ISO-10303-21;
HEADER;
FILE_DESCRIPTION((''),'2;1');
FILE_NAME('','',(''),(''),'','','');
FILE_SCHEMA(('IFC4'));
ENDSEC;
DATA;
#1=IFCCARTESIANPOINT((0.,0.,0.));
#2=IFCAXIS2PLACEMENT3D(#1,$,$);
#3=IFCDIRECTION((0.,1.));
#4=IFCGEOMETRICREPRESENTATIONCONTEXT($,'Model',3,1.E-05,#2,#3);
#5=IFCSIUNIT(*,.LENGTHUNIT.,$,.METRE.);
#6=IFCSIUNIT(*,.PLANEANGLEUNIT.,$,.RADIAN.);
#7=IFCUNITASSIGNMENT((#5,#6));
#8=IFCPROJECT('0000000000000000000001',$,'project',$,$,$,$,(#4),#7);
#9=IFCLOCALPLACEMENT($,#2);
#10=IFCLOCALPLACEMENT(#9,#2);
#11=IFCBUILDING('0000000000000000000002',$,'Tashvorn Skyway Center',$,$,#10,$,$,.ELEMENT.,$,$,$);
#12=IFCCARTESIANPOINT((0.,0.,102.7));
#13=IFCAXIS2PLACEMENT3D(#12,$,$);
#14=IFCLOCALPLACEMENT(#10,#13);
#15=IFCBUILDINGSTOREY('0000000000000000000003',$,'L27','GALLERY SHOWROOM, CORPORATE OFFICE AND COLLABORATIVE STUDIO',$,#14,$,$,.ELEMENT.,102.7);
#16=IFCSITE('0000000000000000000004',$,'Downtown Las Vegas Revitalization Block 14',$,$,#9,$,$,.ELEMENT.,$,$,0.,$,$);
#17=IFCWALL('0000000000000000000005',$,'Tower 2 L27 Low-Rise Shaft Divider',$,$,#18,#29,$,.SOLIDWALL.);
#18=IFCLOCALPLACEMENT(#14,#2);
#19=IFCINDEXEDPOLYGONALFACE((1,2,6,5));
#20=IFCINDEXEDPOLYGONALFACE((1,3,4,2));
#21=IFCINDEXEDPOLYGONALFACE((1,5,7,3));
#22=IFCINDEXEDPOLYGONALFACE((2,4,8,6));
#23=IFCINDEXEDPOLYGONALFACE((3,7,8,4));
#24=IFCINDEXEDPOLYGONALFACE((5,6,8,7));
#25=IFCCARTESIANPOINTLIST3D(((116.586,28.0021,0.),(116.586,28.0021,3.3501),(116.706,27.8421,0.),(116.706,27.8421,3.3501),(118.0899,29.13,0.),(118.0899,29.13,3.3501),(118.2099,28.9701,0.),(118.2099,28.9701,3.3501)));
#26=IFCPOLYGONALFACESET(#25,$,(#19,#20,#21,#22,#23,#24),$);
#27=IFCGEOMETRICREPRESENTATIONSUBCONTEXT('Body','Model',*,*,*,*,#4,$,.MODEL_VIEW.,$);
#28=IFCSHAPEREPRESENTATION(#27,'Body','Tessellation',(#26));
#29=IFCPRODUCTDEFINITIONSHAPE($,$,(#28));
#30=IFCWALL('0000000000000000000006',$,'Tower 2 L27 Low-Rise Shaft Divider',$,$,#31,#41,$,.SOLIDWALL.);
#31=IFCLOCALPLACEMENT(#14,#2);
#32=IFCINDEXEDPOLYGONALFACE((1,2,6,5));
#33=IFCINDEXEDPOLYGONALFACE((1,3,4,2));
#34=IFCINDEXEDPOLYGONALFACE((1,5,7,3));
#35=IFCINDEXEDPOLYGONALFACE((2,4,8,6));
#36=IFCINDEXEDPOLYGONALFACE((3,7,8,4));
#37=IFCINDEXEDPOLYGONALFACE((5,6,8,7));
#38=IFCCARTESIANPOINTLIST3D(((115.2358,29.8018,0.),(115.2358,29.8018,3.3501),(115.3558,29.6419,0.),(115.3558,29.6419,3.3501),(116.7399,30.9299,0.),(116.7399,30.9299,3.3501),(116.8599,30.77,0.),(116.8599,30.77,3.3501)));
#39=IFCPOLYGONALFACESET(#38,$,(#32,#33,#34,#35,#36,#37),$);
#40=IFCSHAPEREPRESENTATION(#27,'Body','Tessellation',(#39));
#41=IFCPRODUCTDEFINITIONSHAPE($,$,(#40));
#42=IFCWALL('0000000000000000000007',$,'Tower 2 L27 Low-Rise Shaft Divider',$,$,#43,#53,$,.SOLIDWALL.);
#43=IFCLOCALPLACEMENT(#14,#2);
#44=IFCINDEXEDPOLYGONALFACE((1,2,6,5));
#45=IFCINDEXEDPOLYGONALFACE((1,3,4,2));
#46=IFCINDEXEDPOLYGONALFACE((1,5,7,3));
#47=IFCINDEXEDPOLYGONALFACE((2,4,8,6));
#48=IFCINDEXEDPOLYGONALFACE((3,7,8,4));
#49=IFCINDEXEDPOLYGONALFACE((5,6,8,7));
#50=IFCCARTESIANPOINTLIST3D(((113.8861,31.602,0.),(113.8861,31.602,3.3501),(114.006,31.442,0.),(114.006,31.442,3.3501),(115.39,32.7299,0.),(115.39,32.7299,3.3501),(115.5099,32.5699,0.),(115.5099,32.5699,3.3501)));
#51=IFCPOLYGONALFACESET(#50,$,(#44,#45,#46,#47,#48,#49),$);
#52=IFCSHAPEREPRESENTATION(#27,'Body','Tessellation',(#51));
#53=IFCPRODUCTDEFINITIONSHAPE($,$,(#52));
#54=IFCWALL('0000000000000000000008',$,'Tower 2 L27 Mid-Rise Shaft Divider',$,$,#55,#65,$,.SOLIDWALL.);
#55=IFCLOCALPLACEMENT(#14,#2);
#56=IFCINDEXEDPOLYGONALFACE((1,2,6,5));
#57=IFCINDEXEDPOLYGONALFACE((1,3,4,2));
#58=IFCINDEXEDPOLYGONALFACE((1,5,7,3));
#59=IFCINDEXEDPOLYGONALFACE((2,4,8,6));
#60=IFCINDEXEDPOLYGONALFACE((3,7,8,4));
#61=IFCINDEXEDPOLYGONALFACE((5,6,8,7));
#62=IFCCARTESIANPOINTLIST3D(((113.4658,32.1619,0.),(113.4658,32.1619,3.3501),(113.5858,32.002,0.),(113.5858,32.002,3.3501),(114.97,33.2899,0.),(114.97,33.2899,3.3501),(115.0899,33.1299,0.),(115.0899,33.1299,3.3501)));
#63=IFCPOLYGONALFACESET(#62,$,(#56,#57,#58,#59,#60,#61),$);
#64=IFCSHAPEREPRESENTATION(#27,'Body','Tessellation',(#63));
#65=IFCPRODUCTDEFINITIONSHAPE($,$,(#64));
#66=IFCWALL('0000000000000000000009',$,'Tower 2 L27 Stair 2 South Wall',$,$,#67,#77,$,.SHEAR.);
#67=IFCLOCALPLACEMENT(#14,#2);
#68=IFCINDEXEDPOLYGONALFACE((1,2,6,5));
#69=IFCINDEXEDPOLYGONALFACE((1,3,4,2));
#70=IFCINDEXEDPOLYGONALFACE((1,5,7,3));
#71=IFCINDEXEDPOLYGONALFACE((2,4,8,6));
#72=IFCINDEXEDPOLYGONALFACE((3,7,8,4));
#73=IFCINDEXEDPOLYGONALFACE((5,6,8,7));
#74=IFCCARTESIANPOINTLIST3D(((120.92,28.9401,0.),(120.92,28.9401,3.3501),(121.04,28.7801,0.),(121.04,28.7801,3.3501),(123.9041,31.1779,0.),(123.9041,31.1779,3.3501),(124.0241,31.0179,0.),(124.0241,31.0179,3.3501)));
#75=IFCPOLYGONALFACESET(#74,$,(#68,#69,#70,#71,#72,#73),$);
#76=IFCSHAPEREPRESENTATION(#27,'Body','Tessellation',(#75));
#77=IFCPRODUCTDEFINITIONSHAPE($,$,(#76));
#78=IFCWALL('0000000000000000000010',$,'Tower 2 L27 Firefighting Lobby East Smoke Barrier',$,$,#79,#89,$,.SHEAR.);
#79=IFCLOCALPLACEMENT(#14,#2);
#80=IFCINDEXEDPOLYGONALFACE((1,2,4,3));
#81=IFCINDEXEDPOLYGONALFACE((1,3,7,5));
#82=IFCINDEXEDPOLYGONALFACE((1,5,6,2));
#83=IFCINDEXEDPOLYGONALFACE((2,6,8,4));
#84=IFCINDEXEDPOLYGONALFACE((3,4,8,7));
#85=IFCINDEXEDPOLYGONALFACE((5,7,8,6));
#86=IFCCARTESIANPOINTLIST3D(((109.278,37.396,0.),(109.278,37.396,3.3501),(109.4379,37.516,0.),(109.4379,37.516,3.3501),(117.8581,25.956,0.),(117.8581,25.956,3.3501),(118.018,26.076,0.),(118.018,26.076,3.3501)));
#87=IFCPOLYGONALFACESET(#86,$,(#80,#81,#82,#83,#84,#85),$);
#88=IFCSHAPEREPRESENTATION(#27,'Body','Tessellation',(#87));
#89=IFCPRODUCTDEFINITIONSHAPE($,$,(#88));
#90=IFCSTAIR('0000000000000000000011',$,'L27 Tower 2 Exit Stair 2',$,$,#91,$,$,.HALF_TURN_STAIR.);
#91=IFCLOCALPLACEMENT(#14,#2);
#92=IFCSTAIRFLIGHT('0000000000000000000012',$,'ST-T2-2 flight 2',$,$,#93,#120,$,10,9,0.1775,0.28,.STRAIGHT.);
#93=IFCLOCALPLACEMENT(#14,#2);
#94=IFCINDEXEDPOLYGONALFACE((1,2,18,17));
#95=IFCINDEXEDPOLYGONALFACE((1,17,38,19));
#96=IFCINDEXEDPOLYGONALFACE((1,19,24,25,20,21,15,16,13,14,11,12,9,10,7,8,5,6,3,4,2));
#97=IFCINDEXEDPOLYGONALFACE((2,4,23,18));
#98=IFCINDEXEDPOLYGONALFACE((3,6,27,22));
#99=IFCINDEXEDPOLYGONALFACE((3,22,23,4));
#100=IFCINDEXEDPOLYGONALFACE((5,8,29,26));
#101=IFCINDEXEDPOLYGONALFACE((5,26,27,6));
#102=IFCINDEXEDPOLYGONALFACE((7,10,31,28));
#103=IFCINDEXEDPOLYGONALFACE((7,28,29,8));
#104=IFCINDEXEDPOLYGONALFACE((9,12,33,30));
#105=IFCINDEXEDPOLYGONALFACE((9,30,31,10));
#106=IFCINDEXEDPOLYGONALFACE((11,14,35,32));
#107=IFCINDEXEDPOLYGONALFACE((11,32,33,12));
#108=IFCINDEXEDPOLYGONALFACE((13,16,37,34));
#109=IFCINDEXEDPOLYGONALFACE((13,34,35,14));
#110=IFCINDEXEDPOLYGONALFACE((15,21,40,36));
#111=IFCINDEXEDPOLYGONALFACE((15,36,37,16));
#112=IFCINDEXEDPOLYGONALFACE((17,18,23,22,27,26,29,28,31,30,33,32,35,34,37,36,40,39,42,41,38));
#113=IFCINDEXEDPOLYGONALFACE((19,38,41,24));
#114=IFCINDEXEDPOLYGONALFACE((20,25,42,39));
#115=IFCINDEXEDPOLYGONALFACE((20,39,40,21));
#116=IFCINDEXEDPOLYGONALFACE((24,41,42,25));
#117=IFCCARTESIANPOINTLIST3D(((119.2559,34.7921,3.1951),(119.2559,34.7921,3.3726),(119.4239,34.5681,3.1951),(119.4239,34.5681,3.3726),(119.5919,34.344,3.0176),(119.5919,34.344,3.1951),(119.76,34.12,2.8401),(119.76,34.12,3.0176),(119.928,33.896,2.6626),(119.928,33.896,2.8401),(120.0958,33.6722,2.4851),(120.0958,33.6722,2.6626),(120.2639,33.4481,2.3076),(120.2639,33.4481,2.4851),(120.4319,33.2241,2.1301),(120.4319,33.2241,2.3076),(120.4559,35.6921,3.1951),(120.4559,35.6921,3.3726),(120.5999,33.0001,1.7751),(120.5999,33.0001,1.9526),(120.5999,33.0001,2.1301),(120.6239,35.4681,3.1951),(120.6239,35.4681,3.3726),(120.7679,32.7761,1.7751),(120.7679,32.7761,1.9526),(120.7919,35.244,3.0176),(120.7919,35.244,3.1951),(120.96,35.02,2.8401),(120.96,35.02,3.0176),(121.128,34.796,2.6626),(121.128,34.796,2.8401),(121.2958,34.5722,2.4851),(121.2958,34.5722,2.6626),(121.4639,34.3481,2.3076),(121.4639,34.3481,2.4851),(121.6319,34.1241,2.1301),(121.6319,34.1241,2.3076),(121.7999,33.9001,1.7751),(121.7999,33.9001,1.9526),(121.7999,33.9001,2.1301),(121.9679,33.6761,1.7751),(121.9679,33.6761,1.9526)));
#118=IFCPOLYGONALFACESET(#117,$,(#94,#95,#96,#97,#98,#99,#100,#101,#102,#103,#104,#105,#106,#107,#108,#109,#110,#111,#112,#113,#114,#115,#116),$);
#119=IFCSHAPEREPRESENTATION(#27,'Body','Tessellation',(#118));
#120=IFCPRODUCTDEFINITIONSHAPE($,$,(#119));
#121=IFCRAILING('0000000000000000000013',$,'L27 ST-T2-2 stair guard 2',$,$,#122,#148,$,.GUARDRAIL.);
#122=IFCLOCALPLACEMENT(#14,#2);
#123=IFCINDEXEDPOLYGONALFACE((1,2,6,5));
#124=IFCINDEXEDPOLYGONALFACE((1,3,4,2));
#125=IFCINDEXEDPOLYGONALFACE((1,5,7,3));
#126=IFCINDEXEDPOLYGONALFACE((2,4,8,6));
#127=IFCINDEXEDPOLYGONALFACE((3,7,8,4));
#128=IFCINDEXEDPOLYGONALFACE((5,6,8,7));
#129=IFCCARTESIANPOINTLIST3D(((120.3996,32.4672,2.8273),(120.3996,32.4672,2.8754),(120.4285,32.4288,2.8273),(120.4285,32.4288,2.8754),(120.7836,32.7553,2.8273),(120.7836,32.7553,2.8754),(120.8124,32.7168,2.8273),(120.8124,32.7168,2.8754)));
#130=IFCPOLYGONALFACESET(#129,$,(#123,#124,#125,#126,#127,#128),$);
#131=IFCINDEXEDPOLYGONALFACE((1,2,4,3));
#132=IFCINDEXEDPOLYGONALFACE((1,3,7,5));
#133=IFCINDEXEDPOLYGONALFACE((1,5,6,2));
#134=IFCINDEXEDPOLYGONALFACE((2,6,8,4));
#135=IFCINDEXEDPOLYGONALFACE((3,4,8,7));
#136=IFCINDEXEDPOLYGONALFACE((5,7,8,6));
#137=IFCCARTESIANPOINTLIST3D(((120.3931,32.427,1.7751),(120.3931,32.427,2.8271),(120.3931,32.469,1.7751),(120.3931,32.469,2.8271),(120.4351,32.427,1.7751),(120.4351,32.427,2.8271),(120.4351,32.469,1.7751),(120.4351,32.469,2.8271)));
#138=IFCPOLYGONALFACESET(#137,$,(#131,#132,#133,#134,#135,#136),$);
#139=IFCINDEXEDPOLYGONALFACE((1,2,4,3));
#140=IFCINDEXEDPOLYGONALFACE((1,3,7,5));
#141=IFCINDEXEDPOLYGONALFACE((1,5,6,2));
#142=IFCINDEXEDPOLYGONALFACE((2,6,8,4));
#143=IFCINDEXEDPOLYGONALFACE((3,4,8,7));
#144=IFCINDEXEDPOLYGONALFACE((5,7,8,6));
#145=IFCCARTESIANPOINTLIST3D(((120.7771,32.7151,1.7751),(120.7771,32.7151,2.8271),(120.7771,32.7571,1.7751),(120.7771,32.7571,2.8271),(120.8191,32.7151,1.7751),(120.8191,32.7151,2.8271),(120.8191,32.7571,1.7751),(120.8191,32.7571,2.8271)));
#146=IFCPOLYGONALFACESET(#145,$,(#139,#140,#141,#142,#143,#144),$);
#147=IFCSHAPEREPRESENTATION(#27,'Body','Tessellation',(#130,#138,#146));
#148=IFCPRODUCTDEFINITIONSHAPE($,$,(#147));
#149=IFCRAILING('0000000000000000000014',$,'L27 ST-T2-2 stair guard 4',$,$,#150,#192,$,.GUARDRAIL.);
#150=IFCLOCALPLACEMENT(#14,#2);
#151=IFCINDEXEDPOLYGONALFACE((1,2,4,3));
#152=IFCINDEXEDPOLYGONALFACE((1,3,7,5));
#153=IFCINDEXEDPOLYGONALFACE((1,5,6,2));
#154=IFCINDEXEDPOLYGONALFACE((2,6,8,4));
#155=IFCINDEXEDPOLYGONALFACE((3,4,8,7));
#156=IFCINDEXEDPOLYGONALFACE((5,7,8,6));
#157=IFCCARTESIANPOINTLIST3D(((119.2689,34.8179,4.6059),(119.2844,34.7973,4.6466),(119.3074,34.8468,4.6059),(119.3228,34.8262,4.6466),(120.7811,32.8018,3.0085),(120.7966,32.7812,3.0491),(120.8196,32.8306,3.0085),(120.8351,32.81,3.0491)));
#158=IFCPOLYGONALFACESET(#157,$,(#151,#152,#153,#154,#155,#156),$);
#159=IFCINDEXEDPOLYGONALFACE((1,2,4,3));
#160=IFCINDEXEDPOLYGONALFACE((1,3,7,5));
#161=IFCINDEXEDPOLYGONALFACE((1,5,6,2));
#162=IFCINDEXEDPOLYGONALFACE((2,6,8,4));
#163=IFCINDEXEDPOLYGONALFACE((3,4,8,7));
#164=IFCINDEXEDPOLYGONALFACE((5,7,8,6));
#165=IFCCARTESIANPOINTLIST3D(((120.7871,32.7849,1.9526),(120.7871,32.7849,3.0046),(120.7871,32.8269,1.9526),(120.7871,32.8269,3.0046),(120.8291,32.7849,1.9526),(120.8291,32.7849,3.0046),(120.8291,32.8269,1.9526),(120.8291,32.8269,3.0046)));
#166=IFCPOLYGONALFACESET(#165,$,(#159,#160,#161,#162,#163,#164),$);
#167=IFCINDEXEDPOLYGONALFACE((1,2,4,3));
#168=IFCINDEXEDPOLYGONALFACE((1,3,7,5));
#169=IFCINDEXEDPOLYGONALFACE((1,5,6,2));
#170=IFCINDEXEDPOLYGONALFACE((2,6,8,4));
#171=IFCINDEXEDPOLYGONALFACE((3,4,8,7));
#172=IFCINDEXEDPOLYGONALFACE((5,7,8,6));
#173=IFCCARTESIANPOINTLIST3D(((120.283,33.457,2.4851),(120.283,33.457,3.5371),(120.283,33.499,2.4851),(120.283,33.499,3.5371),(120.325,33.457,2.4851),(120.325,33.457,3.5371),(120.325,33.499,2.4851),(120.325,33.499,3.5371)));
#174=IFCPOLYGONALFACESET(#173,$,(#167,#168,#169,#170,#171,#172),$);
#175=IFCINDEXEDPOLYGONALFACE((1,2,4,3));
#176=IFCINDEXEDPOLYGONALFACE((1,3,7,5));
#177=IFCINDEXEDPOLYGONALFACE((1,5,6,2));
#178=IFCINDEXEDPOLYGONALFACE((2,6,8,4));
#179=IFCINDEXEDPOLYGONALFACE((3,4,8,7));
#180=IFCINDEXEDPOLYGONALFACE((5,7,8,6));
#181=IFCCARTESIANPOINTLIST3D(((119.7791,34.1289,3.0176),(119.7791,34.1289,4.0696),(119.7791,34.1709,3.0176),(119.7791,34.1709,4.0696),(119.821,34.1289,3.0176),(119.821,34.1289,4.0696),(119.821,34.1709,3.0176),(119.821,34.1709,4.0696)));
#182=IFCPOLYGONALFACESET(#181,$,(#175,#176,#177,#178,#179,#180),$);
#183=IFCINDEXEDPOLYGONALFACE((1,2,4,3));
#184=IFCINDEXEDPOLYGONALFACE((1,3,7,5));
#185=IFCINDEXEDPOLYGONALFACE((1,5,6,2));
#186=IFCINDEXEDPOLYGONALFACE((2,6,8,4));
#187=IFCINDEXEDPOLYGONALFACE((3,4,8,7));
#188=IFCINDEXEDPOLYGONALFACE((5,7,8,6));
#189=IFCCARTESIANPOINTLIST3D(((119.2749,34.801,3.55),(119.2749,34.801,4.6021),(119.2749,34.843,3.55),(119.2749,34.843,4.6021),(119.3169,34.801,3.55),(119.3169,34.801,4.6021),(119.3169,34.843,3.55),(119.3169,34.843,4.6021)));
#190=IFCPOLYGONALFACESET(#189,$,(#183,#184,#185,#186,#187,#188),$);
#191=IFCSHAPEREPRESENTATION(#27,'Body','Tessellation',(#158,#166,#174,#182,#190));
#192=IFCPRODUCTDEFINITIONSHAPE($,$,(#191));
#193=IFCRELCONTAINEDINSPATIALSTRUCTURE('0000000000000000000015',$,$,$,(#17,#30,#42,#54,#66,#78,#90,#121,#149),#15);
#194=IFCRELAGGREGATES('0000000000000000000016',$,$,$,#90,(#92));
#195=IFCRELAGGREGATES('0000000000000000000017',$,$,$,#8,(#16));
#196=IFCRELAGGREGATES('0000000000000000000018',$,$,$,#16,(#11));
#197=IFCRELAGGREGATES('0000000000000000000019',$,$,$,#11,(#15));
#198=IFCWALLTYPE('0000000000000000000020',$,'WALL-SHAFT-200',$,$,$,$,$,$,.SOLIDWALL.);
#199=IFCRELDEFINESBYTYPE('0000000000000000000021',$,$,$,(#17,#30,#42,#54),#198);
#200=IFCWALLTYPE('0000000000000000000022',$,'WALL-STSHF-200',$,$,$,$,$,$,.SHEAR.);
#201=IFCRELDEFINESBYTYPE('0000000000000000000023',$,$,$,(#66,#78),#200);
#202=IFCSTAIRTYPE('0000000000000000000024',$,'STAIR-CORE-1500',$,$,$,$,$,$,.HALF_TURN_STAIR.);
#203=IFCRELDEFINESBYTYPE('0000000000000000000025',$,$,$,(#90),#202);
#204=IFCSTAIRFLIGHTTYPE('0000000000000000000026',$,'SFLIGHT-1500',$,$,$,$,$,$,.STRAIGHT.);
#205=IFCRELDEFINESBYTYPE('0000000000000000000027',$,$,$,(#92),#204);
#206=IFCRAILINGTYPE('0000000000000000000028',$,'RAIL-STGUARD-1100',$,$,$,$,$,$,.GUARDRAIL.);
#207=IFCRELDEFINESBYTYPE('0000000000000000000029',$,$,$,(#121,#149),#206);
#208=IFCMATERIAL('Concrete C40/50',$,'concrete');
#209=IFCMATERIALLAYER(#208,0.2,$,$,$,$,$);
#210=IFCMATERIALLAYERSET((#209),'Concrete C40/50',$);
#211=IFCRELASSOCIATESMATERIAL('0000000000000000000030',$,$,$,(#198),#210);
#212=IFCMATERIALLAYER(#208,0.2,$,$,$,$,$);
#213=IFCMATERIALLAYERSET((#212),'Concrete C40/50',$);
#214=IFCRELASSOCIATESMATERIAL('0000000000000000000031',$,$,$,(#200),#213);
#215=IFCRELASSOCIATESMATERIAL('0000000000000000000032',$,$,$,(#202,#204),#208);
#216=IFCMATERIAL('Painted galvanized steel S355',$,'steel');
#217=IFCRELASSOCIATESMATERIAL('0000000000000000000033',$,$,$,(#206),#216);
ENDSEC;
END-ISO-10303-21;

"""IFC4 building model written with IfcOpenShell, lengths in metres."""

from ifc_helpers import new_model, si_unit, direction, frame, frame_2d, origin, origin_2d, place, context, subcontext, project, spatial, polyline, rectangle, outline, extrude, material, layer, layer_set, type_object, element, aggregate, save


model = new_model("IFC4")

# Units and contexts
model_context = context("Model", 3, precision=1e-05, world=origin(), true_north=direction((0.0, 1.0)))
body_context = subcontext(model_context, "Body", "Model", "MODEL_VIEW")
ifc_project = project(units=[si_unit("LENGTHUNIT", "METRE"), si_unit("PLANEANGLEUNIT", "RADIAN")], contexts=[model_context])

# Site, building, storey
site_placement = place(None, origin())
site = spatial("IfcSite", under=ifc_project, at=site_placement, Name="Downtown Las Vegas Revitalization Block 14", CompositionType="ELEMENT", RefElevation=0.0)
building_placement = place(site_placement, origin())
building = spatial("IfcBuilding", under=site, at=building_placement, Name="Tashvorn Skyway Center", CompositionType="ELEMENT")
storey_placement = place(building_placement, frame((0.0, 0.0, 102.7)))
storey = spatial("IfcBuildingStorey", under=building, at=storey_placement, Name="L27", Description="GALLERY SHOWROOM, CORPORATE OFFICE AND COLLABORATIVE STUDIO", CompositionType="ELEMENT", Elevation=102.7)

# Shared definitions
ifc_material_1 = material(Name="Concrete C40/50", Category="concrete")

# Shared definitions
ifc_layer_1 = layer(ifc_material_1, 0.2)
ifc_layer_set_1 = layer_set([ifc_layer_1], Name="Concrete C40/50")
wall_type_1 = type_object("IfcWallType", Name="WALL-SHAFT-200", PredefinedType="SOLIDWALL", material=ifc_layer_set_1)

# Walls
wall_1_placement = place(storey_placement, frame((116.646, 27.9221, 0.0), z_axis=(0.0, 0.0, 1.0), x_axis=(0.8, 0.6, 0.0)))
element("IfcWall", 1, at=wall_1_placement, inside=storey, type_object=wall_type_1, Name="Tower 2 L27 Low-Rise Shaft Divider", PredefinedType="SOLIDWALL", context=body_context, shape_type="SweptSolid", body=[
    extrude(rectangle(XDim=1.8799, YDim=0.2, at=frame_2d((0.9399, 0.0))), origin(), (0.0, 0.0, 1.0), 3.3501),
])
wall_2_placement = place(storey_placement, frame((115.2959, 29.7219, 0.0), z_axis=(0.0, 0.0, 1.0), x_axis=(0.799984, 0.600021, 0.0)))
element("IfcWall", 2, at=wall_2_placement, inside=storey, type_object=wall_type_1, Name="Tower 2 L27 Low-Rise Shaft Divider", PredefinedType="SOLIDWALL", context=body_context, shape_type="SweptSolid", body=[
    extrude(rectangle(XDim=1.8801, YDim=0.2, at=frame_2d((0.9399, 0.0))), origin(), (0.0, 0.0, 1.0), 3.3501),
])
wall_3_placement = place(storey_placement, frame((113.946, 31.522, 0.0), z_axis=(0.0, 0.0, 1.0), x_axis=(0.8, 0.6, 0.0)))
element("IfcWall", 3, at=wall_3_placement, inside=storey, type_object=wall_type_1, Name="Tower 2 L27 Low-Rise Shaft Divider", PredefinedType="SOLIDWALL", context=body_context, shape_type="SweptSolid", body=[
    extrude(rectangle(XDim=1.8799, YDim=0.2, at=frame_2d((0.9399, 0.0))), origin(), (0.0, 0.0, 1.0), 3.3501),
])
wall_4_placement = place(storey_placement, frame((113.5259, 32.082, 0.0), z_axis=(0.0, 0.0, 1.0), x_axis=(0.800047, 0.599938, 0.0)))
element("IfcWall", 4, at=wall_4_placement, inside=storey, type_object=wall_type_1, Name="Tower 2 L27 Mid-Rise Shaft Divider", PredefinedType="SOLIDWALL", context=body_context, shape_type="SweptSolid", body=[
    extrude(rectangle(XDim=1.8801, YDim=0.2, at=frame_2d((0.9399, 0.0))), origin(), (0.0, 0.0, 1.0), 3.3501),
])
ifc_layer_2 = layer(ifc_material_1, 0.2)
ifc_layer_set_2 = layer_set([ifc_layer_2], Name="Concrete C40/50")
wall_type_2 = type_object("IfcWallType", Name="WALL-STSHF-200", PredefinedType="SHEAR", material=ifc_layer_set_2)
wall_5_placement = place(storey_placement, frame((120.98, 28.8601, 0.0), z_axis=(0.0, 0.0, 1.0), x_axis=(0.800039, 0.599948, 0.0)))
element("IfcWall", 5, at=wall_5_placement, inside=storey, type_object=wall_type_2, Name="Tower 2 L27 Stair 2 South Wall", PredefinedType="SHEAR", context=body_context, shape_type="SweptSolid", body=[
    extrude(rectangle(XDim=3.73, YDim=0.2, at=frame_2d((1.865, 0.0))), origin(), (0.0, 0.0, 1.0), 3.3501),
])
wall_6_placement = place(storey_placement, frame((117.938, 26.0161, 0.0), z_axis=(0.0, 0.0, 1.0), x_axis=(-0.600005, 0.799996, 0.0)))
element("IfcWall", 6, at=wall_6_placement, inside=storey, type_object=wall_type_2, Name="Tower 2 L27 Firefighting Lobby East Smoke Barrier", PredefinedType="SHEAR", context=body_context, shape_type="SweptSolid", body=[
    extrude(rectangle(XDim=14.3, YDim=0.2, at=frame_2d((7.1499, 0.0))), origin(), (0.0, 0.0, 1.0), 3.3501),
])

# Stair, stair flight
stair_type = type_object("IfcStairType", Name="STAIR-CORE-1500", PredefinedType="HALF_TURN_STAIR", material=ifc_material_1)
stair_placement = place(storey_placement, origin())
stair = element("IfcStair", 7, at=stair_placement, inside=storey, type_object=stair_type, Name="L27 Tower 2 Exit Stair 2", PredefinedType="HALF_TURN_STAIR")
stair_flight_type = type_object("IfcStairFlightType", Name="SFLIGHT-1500", PredefinedType="STRAIGHT", material=ifc_material_1)
stair_flight_placement = place(storey_placement, frame((121.3679, 33.2261, 1.7751), z_axis=(0.0, 0.0, 1.0), x_axis=(-0.6, 0.8, 0.0)))
stair_flight = element("IfcStairFlight", 8, at=stair_flight_placement, type_object=stair_flight_type, Name="ST-T2-2 flight 2", NumberOfRisers=10, NumberOfTreads=9, PredefinedType="STRAIGHT", RiserHeight=0.1775, TreadLength=0.28, context=body_context, shape_type="SweptSolid", body=[
    extrude(outline(polyline([(0.0, 0.0), (0.0, 0.1775), (0.28, 0.1775), (0.28, 0.355), (0.5601, 0.355), (0.5601, 0.5325), (0.8401, 0.5325), (0.8401, 0.71), (1.1201, 0.71), (1.1201, 0.8875), (1.3999, 0.8875), (1.3999, 1.0649), (1.6799, 1.0649), (1.6799, 1.2424), (1.96, 1.2424), (1.96, 1.4199), (2.24, 1.4199), (2.24, 1.5974), (2.52, 1.5974), (2.52, 1.7749), (2.52, 1.4199), (0.28, 0.0), (0.0, 0.0)])), frame((0.0, 0.75, 0.0), z_axis=(0.0, -1.0, 0.0), x_axis=(1.0, 0.0, 0.0)), (0.0, 0.0, 1.0), 1.5),
])
aggregate(stair, [stair_flight])

# Railings
ifc_material_2 = material(Name="Painted galvanized steel S355", Category="steel")
railing_type = type_object("IfcRailingType", Name="RAIL-STGUARD-1100", PredefinedType="GUARDRAIL", material=ifc_material_2)
railing_1_placement = place(storey_placement, frame((120.4141, 32.448, 1.7751)))
element("IfcRailing", 9, at=railing_1_placement, inside=storey, type_object=railing_type, Name="L27 ST-T2-2 stair guard 2", PredefinedType="GUARDRAIL", context=body_context, shape_type="SweptSolid", body=[
    extrude(rectangle(XDim=0.0481, YDim=0.0481, at=origin_2d()), frame((0.0, 0.0, 1.0762), z_axis=(0.799939, 0.600081, 0.0), x_axis=(-0.600081, 0.799939, 0.0)), (0.0, 0.0, 1.0), 0.48),
    extrude(rectangle(XDim=0.042, YDim=0.042, at=origin_2d()), origin(), (0.0, 0.0, 1.0), 1.052),
    extrude(rectangle(XDim=0.042, YDim=0.042, at=origin_2d()), frame((0.384, 0.2881, 0.0)), (0.0, 0.0, 1.0), 1.052),
])
railing_2_placement = place(storey_placement, frame((120.8081, 32.8059, 1.9526)))
element("IfcRailing", 10, at=railing_2_placement, inside=storey, type_object=railing_type, Name="L27 ST-T2-2 stair guard 4", PredefinedType="GUARDRAIL", context=body_context, shape_type="SweptSolid", body=[
    extrude(rectangle(XDim=0.0481, YDim=0.0481, at=origin_2d()), frame((0.0, 0.0, 1.0762), z_axis=(-0.506802, 0.675681, 0.535357), x_axis=(-0.799977, -0.600031, 0.0)), (0.0, 0.0, 1.0), 2.9839),
    extrude(rectangle(XDim=0.042, YDim=0.042, at=origin_2d()), origin(), (0.0, 0.0, 1.0), 1.052),
    extrude(rectangle(XDim=0.042, YDim=0.042, at=origin_2d()), frame((-0.5042, 0.6721, 0.5325)), (0.0, 0.0, 1.0), 1.052),
    extrude(rectangle(XDim=0.042, YDim=0.042, at=origin_2d()), frame((-1.0081, 1.344, 1.0649)), (0.0, 0.0, 1.0), 1.052),
    extrude(rectangle(XDim=0.042, YDim=0.042, at=origin_2d()), frame((-1.5122, 2.0161, 1.5974)), (0.0, 0.0, 1.0), 1.052),
])

save(model, "model.ifc")
